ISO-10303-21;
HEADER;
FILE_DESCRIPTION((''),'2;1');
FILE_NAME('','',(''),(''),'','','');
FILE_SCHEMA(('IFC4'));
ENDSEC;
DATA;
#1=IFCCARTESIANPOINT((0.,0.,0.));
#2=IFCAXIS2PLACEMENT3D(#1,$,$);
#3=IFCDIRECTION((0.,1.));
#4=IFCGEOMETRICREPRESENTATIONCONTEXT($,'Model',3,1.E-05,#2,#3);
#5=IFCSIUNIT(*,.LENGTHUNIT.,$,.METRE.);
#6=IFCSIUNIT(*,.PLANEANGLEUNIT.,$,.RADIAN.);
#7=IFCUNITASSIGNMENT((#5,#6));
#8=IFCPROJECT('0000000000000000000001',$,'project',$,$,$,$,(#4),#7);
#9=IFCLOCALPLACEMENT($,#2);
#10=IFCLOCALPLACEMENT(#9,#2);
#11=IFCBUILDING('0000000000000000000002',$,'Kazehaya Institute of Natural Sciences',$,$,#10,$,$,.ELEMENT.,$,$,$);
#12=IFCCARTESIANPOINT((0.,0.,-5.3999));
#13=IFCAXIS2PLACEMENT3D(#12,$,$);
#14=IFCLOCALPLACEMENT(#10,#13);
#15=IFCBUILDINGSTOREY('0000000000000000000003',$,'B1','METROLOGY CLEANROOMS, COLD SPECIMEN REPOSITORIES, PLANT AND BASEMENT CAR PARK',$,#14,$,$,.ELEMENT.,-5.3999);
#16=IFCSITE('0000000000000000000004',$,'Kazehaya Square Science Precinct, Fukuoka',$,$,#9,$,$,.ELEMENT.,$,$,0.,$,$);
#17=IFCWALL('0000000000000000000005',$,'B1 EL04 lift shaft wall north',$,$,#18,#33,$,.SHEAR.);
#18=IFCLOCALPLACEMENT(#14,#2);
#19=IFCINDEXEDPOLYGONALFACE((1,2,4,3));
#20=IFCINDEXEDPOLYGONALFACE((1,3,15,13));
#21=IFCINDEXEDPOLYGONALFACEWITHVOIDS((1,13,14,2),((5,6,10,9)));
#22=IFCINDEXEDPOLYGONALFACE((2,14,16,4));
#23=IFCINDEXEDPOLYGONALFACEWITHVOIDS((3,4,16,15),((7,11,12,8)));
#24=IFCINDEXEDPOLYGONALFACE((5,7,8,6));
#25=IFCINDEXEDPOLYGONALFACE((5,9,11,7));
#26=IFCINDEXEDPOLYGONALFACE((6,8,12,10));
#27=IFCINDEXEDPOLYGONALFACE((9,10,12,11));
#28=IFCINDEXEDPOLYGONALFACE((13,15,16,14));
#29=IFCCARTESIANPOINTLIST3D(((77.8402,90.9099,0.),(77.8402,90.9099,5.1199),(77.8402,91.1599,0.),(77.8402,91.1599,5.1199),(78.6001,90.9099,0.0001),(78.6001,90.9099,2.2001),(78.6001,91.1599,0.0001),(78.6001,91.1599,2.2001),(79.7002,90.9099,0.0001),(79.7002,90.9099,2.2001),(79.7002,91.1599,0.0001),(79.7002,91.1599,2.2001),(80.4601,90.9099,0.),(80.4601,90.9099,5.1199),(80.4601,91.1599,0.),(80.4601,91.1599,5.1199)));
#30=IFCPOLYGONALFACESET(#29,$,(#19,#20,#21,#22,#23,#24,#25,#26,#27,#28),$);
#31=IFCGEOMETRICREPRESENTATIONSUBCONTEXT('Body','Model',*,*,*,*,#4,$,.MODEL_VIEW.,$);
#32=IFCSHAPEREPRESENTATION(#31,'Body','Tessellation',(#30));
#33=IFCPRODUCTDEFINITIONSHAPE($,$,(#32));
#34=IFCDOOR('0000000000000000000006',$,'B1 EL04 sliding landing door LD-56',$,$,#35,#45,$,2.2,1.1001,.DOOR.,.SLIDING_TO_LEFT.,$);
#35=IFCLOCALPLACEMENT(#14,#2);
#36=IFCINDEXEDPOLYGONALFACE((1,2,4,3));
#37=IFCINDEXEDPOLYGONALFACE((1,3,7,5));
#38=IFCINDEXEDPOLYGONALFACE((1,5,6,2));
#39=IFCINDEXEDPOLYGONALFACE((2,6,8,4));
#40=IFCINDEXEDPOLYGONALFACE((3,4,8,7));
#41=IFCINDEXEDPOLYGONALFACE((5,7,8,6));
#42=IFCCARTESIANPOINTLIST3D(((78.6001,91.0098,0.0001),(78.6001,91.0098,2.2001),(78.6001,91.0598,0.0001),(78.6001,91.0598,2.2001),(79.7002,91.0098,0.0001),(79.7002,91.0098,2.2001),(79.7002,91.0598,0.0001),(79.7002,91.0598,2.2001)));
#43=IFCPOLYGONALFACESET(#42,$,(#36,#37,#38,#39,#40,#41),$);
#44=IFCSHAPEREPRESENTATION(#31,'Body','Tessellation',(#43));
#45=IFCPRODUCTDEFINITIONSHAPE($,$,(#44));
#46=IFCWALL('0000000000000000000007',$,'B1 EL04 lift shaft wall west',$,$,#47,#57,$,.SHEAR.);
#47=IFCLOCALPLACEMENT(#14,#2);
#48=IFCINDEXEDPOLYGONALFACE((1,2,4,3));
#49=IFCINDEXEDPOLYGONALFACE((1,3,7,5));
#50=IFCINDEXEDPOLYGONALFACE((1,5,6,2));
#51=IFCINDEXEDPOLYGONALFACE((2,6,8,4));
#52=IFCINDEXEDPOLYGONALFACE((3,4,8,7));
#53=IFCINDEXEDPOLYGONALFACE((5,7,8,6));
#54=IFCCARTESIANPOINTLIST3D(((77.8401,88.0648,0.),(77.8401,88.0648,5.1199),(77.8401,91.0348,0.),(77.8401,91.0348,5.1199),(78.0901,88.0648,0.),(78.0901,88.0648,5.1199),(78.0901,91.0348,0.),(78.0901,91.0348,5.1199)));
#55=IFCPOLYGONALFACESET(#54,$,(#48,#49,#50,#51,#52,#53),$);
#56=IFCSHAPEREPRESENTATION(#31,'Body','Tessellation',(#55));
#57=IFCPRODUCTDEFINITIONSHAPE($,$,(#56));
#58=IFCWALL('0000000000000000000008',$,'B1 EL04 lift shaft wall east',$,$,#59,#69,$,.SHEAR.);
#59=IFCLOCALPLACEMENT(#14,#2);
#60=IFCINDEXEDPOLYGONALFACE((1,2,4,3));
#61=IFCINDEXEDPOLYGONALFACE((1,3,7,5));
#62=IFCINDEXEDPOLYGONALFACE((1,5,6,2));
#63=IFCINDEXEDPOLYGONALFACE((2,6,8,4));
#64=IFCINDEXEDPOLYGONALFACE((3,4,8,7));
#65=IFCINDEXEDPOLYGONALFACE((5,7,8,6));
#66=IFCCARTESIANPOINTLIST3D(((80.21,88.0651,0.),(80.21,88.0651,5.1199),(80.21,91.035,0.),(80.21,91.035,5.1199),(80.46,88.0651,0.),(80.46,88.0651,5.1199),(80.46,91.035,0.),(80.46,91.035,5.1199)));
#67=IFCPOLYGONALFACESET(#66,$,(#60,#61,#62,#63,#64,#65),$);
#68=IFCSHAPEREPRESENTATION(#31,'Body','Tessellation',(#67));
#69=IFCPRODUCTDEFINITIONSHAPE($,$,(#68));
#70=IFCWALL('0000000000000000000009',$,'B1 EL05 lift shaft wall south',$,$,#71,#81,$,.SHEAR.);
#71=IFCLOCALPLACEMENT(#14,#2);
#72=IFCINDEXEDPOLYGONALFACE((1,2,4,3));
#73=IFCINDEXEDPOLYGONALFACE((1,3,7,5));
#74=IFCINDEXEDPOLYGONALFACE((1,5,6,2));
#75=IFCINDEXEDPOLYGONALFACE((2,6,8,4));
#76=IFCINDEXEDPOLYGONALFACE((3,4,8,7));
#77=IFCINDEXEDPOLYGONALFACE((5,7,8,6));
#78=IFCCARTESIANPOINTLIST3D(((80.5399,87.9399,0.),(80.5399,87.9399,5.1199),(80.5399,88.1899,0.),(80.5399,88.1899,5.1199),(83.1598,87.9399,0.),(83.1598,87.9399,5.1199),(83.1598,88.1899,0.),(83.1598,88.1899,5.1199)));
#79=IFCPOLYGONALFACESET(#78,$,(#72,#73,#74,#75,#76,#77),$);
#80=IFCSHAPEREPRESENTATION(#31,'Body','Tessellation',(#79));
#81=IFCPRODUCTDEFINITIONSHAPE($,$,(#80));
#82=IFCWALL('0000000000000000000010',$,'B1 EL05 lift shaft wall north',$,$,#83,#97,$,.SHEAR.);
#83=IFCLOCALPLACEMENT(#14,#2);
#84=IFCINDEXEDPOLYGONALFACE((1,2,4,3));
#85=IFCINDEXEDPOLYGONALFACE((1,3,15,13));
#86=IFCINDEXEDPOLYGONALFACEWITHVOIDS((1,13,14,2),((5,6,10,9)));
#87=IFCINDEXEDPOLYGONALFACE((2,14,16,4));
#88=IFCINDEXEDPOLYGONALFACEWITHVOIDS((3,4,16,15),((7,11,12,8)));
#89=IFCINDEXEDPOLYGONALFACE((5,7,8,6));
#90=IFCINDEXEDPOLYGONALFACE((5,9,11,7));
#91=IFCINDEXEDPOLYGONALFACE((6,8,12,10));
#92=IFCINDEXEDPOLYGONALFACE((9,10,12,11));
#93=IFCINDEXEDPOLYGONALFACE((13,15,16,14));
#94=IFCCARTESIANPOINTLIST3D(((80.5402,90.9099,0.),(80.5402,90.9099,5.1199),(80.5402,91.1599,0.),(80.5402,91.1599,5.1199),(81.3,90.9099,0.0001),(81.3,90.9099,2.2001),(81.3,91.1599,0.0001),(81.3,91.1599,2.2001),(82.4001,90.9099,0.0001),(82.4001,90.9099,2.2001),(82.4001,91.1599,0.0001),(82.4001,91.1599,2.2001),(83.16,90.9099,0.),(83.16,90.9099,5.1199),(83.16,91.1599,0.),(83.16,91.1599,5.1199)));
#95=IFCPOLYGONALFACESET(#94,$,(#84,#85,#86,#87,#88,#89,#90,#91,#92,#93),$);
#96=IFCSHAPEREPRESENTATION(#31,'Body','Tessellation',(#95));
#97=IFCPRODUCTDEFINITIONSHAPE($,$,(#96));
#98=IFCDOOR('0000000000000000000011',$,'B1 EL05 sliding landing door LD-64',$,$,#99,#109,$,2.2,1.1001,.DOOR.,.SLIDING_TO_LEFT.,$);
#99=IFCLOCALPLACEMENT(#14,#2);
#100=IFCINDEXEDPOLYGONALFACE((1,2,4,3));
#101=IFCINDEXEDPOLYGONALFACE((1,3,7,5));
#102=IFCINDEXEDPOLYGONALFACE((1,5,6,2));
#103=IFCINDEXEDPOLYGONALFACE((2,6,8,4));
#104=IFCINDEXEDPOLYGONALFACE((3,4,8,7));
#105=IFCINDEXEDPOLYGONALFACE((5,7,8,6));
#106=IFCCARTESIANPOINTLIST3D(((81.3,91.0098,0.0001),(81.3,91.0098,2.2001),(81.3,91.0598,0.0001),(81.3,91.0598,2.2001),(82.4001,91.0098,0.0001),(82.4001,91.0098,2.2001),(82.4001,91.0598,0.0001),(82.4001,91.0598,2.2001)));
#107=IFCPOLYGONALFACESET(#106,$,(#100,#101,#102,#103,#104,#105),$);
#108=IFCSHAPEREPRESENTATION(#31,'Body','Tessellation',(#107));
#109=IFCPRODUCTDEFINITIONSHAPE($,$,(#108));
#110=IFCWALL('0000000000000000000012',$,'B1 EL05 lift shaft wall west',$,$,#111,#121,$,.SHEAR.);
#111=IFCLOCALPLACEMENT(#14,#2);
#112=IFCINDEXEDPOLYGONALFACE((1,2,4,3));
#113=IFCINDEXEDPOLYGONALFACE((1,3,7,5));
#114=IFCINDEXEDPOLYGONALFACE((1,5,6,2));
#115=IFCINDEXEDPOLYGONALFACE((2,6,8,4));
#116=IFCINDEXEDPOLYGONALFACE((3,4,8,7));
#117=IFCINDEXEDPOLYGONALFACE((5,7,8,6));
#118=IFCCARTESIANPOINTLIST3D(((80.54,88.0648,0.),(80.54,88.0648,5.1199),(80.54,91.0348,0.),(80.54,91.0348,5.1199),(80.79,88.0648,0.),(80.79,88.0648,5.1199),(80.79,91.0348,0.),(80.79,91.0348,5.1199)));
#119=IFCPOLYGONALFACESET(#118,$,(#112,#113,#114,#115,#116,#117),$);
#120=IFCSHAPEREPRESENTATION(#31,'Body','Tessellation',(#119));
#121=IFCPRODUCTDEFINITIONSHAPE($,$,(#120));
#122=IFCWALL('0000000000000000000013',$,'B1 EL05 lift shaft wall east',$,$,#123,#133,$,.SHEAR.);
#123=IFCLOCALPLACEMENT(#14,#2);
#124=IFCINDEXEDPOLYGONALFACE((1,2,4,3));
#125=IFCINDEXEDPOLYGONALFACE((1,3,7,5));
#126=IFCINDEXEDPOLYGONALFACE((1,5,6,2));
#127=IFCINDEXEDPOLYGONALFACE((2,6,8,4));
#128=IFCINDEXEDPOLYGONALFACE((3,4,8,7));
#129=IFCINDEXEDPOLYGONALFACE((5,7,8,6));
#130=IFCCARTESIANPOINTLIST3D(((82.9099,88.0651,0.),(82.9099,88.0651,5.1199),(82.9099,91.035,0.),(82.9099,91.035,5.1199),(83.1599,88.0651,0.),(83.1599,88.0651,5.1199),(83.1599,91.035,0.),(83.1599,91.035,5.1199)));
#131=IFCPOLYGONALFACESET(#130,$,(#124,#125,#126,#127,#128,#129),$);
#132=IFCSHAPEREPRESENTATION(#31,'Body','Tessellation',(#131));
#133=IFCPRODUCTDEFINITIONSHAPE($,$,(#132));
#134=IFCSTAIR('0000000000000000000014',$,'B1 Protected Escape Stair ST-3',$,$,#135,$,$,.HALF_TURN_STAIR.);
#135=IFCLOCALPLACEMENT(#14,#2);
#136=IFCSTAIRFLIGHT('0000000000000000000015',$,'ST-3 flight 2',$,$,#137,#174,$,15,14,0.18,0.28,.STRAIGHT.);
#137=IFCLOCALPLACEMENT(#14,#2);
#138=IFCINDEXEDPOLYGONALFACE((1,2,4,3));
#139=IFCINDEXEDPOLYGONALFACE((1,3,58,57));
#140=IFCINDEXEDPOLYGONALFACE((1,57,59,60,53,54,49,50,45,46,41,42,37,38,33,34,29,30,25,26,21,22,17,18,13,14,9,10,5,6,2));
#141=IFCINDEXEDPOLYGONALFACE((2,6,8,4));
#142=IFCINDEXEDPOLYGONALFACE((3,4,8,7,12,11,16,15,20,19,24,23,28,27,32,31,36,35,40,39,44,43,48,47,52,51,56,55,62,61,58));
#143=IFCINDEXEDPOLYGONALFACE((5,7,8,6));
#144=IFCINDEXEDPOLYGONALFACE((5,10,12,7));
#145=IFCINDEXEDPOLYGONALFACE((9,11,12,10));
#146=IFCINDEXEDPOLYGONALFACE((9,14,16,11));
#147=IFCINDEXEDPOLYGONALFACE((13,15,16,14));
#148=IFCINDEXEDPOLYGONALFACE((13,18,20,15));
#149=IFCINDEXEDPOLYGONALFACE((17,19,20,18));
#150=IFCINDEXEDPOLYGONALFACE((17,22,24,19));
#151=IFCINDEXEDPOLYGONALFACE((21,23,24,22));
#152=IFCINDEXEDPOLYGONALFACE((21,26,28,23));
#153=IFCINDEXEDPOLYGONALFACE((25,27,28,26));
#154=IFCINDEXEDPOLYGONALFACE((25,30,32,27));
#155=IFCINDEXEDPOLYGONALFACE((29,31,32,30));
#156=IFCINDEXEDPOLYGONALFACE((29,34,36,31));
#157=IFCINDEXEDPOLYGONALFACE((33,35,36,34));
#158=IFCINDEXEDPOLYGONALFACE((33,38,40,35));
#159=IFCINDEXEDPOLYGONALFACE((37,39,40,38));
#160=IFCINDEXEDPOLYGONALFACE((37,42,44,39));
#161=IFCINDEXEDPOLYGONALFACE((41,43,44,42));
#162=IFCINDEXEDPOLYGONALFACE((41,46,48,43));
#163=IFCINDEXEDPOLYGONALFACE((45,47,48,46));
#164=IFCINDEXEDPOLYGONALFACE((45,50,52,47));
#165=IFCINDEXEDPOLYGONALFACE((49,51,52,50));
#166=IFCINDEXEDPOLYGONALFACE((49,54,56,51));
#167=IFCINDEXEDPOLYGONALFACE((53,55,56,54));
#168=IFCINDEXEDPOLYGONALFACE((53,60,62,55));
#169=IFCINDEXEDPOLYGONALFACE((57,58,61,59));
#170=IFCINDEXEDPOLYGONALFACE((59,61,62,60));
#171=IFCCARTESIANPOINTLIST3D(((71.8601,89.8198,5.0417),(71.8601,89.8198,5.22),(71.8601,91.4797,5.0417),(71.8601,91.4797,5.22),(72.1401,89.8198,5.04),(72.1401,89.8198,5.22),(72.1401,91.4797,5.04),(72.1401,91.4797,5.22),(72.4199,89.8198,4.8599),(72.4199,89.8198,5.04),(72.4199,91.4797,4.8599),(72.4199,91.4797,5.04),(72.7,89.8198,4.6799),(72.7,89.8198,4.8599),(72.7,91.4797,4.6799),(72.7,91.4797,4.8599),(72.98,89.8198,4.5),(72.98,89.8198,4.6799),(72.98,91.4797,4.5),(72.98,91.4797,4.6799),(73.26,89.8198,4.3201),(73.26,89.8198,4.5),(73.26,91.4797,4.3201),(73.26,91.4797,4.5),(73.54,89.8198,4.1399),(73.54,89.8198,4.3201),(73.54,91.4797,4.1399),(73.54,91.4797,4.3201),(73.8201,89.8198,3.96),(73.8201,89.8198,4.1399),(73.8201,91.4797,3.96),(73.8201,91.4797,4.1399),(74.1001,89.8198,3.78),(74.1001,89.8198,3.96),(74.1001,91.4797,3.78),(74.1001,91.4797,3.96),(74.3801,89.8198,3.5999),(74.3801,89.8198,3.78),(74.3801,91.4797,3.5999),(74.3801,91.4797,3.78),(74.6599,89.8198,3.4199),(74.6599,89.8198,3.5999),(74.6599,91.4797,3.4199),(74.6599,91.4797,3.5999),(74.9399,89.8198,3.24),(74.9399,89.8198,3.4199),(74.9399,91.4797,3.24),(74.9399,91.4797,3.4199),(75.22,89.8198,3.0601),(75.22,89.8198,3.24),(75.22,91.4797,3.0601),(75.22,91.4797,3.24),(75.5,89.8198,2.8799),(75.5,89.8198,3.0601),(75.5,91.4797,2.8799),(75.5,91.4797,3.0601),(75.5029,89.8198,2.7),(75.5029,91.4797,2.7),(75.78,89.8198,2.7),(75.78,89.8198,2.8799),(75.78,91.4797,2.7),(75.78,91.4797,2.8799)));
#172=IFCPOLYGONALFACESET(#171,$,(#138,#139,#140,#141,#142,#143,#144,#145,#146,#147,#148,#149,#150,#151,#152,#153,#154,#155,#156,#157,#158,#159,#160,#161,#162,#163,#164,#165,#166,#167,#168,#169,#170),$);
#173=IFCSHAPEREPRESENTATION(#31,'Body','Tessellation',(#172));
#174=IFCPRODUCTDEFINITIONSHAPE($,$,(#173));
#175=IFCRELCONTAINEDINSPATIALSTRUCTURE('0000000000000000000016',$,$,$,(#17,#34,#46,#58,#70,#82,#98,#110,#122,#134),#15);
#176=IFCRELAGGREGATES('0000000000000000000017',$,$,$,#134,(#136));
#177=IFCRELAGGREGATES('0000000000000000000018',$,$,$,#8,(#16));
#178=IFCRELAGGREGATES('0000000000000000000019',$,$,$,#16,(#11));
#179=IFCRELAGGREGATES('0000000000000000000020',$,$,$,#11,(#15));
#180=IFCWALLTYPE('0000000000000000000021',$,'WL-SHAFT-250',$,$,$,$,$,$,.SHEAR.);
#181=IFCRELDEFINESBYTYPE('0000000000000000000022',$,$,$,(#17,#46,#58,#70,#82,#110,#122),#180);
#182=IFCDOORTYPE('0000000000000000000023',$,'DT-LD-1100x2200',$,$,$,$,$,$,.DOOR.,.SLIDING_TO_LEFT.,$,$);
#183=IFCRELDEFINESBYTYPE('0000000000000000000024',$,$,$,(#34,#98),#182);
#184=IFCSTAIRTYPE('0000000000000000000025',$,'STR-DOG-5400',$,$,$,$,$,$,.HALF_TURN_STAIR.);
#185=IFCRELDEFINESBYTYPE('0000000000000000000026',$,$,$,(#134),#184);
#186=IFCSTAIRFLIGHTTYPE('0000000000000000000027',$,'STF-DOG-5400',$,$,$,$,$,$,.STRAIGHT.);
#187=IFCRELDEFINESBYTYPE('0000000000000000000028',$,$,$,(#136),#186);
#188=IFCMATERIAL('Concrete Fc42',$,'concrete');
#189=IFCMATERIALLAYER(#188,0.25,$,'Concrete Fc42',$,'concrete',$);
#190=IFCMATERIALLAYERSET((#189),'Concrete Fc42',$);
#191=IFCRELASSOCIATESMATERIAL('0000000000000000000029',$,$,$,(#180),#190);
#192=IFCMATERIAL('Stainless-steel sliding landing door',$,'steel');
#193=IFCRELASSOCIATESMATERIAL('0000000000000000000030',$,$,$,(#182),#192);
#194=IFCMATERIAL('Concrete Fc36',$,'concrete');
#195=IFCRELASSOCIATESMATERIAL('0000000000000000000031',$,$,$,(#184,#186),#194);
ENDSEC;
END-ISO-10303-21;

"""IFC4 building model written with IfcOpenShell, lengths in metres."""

from ifc_helpers import new_model, si_unit, direction, frame, frame_2d, origin, place, context, subcontext, project, spatial, polyline, rectangle, outline, extrude, material, layer, layer_set, type_object, element, fill, aggregate, save


model = new_model("IFC4")

# Units and contexts
model_context = context("Model", 3, precision=1e-05, world=origin(), true_north=direction((0.0, 1.0)))
body_context = subcontext(model_context, "Body", "Model", "MODEL_VIEW")
ifc_project = project(units=[si_unit("LENGTHUNIT", "METRE"), si_unit("PLANEANGLEUNIT", "RADIAN")], contexts=[model_context])

# Site, building, storey
site_placement = place(None, origin())
site = spatial("IfcSite", under=ifc_project, at=site_placement, Name="Kazehaya Square Science Precinct, Fukuoka", CompositionType="ELEMENT", RefElevation=0.0)
building_placement = place(site_placement, origin())
building = spatial("IfcBuilding", under=site, at=building_placement, Name="Kazehaya Institute of Natural Sciences", CompositionType="ELEMENT")
storey_placement = place(building_placement, frame((0.0, 0.0, -5.3999)))
storey = spatial("IfcBuildingStorey", under=building, at=storey_placement, Name="B1", Description="METROLOGY CLEANROOMS, COLD SPECIMEN REPOSITORIES, PLANT AND BASEMENT CAR PARK", CompositionType="ELEMENT", Elevation=-5.3999)

# Shared definitions
ifc_material_1 = material(Name="Concrete Fc36", Category="concrete")

# Shared definitions
ifc_material_2 = material(Name="Concrete Fc42", Category="concrete")

# Shared definitions
ifc_layer_1 = layer(ifc_material_2, 0.25, Name="Concrete Fc42", Category="concrete")
ifc_layer_set_1 = layer_set([ifc_layer_1], Name="Concrete Fc42")
wall_type_1 = type_object("IfcWallType", Name="WL-SHAFT-250", PredefinedType="SHEAR", material=ifc_layer_set_1)

# Wall, opening, door
wall_1_placement = place(storey_placement, frame((77.8401, 91.0349, 0.0), z_axis=(0.0, 0.0, 1.0), x_axis=(1.0, 0.0, 0.0)))
wall_1 = element("IfcWall", 1, at=wall_1_placement, inside=storey, type_object=wall_type_1, Name="B1 EL04 lift shaft wall north", PredefinedType="SHEAR", context=body_context, shape_type="SweptSolid", body=[
    extrude(rectangle(XDim=2.6199, YDim=0.25, at=frame_2d((1.3101, 0.0))), origin(), (0.0, 0.0, 1.0), 5.1199),
])
opening_1_placement = place(wall_1_placement, frame((0.76, 0.0, 0.0)))
opening_1 = element("IfcOpeningElement", 2, at=opening_1_placement, cuts=wall_1, PredefinedType="OPENING", context=body_context, shape_type="SweptSolid", body=[
    extrude(rectangle(XDim=1.1001, YDim=2.2, at=frame_2d((0.55, 1.1001))), frame((0.0, 0.135, 0.0), z_axis=(0.0, -1.0, 0.0), x_axis=(1.0, 0.0, 0.0)), (0.0, 0.0, 1.0), 0.27),
])
ifc_material_3 = material(Name="Stainless-steel sliding landing door", Category="steel")
door_type = type_object("IfcDoorType", Name="DT-LD-1100x2200", OperationType="SLIDING_TO_LEFT", PredefinedType="DOOR", material=ifc_material_3)
door_1_placement = place(opening_1_placement, origin())
door_1 = element("IfcDoor", 3, at=door_1_placement, inside=storey, type_object=door_type, Name="B1 EL04 sliding landing door LD-56", OperationType="SLIDING_TO_LEFT", OverallHeight=2.2, OverallWidth=1.1001, PredefinedType="DOOR", context=body_context, shape_type="SweptSolid", body=[
    extrude(rectangle(XDim=1.1001, YDim=2.2, at=frame_2d((0.55, 1.1001))), frame((0.0, 0.0249, 0.0), z_axis=(0.0, -1.0, 0.0), x_axis=(1.0, 0.0, 0.0)), (0.0, 0.0, 1.0), 0.05),
])
fill(opening_1, door_1)

# Walls
for number, where, z_axis, x_axis, name in (
    (4, (77.9651, 88.0649, 0.0), (0.0, 0.0, 1.0), (0.0, 1.0, 0.0), "B1 EL04 lift shaft wall west"),
    (5, (80.335, 91.0349, 0.0), (0.0, 0.0, 1.0), (0.0, -1.0, 0.0), "B1 EL04 lift shaft wall east"),
):
    element("IfcWall", number, at=place(storey_placement, frame(where, z_axis=z_axis, x_axis=x_axis)), inside=storey, type_object=wall_type_1, Name=name, PredefinedType="SHEAR", context=body_context, shape_type="SweptSolid", body=[
        extrude(rectangle(XDim=2.97, YDim=0.25, at=frame_2d((1.4849, 0.0))), origin(), (0.0, 0.0, 1.0), 5.1199),
    ])
wall_2_placement = place(storey_placement, frame((83.1599, 88.0649, 0.0), z_axis=(0.0, 0.0, 1.0), x_axis=(-1.0, 0.0, 0.0)))
element("IfcWall", 6, at=wall_2_placement, inside=storey, type_object=wall_type_1, Name="B1 EL05 lift shaft wall south", PredefinedType="SHEAR", context=body_context, shape_type="SweptSolid", body=[
    extrude(rectangle(XDim=2.6199, YDim=0.25, at=frame_2d((1.3101, 0.0))), origin(), (0.0, 0.0, 1.0), 5.1199),
])

# Wall, opening, door
wall_3_placement = place(storey_placement, frame((80.54, 91.0349, 0.0), z_axis=(0.0, 0.0, 1.0), x_axis=(1.0, 0.0, 0.0)))
wall_3 = element("IfcWall", 7, at=wall_3_placement, inside=storey, type_object=wall_type_1, Name="B1 EL05 lift shaft wall north", PredefinedType="SHEAR", context=body_context, shape_type="SweptSolid", body=[
    extrude(rectangle(XDim=2.6199, YDim=0.25, at=frame_2d((1.3101, 0.0))), origin(), (0.0, 0.0, 1.0), 5.1199),
])
opening_2_placement = place(wall_3_placement, frame((0.76, 0.0, 0.0)))
opening_2 = element("IfcOpeningElement", 8, at=opening_2_placement, cuts=wall_3, PredefinedType="OPENING", context=body_context, shape_type="SweptSolid", body=[
    extrude(rectangle(XDim=1.1001, YDim=2.2, at=frame_2d((0.55, 1.1001))), frame((0.0, 0.135, 0.0), z_axis=(0.0, -1.0, 0.0), x_axis=(1.0, 0.0, 0.0)), (0.0, 0.0, 1.0), 0.27),
])
door_2_placement = place(opening_2_placement, origin())
door_2 = element("IfcDoor", 9, at=door_2_placement, inside=storey, type_object=door_type, Name="B1 EL05 sliding landing door LD-64", OperationType="SLIDING_TO_LEFT", OverallHeight=2.2, OverallWidth=1.1001, PredefinedType="DOOR", context=body_context, shape_type="SweptSolid", body=[
    extrude(rectangle(XDim=1.1001, YDim=2.2, at=frame_2d((0.55, 1.1001))), frame((0.0, 0.0249, 0.0), z_axis=(0.0, -1.0, 0.0), x_axis=(1.0, 0.0, 0.0)), (0.0, 0.0, 1.0), 0.05),
])
fill(opening_2, door_2)

# Walls
for number, where, z_axis, x_axis, name in (
    (10, (80.665, 88.0649, 0.0), (0.0, 0.0, 1.0), (0.0, 1.0, 0.0), "B1 EL05 lift shaft wall west"),
    (11, (83.0349, 91.0349, 0.0), (0.0, 0.0, 1.0), (0.0, -1.0, 0.0), "B1 EL05 lift shaft wall east"),
):
    element("IfcWall", number, at=place(storey_placement, frame(where, z_axis=z_axis, x_axis=x_axis)), inside=storey, type_object=wall_type_1, Name=name, PredefinedType="SHEAR", context=body_context, shape_type="SweptSolid", body=[
        extrude(rectangle(XDim=2.97, YDim=0.25, at=frame_2d((1.4849, 0.0))), origin(), (0.0, 0.0, 1.0), 5.1199),
    ])

# Stair, stair flight
stair_type = type_object("IfcStairType", Name="STR-DOG-5400", PredefinedType="HALF_TURN_STAIR", material=ifc_material_1)
stair_placement = place(storey_placement, origin())
stair = element("IfcStair", 12, at=stair_placement, inside=storey, type_object=stair_type, Name="B1 Protected Escape Stair ST-3", PredefinedType="HALF_TURN_STAIR")
stair_flight_type = type_object("IfcStairFlightType", Name="STF-DOG-5400", PredefinedType="STRAIGHT", material=ifc_material_1)
stair_flight_placement = place(storey_placement, frame((75.78, 90.6499, 2.7), z_axis=(0.0, 0.0, 1.0), x_axis=(-1.0, 0.0, 0.0)))
stair_flight = element("IfcStairFlight", 13, at=stair_flight_placement, type_object=stair_flight_type, Name="ST-3 flight 2", NumberOfRisers=15, NumberOfTreads=14, PredefinedType="STRAIGHT", RiserHeight=0.18, TreadLength=0.28, context=body_context, shape_type="SweptSolid", body=[
    extrude(outline(polyline([(0.0, 0.0), (0.0, 0.1799), (0.28, 0.1799), (0.28, 0.3601), (0.5601, 0.3601), (0.5601, 0.54), (0.8401, 0.54), (0.8401, 0.72), (1.1201, 0.72), (1.1201, 0.8999), (1.3999, 0.8999), (1.3999, 1.0801), (1.6799, 1.0801), (1.6799, 1.26), (1.96, 1.26), (1.96, 1.4399), (2.24, 1.4399), (2.24, 1.6201), (2.52, 1.6201), (2.52, 1.8), (2.8, 1.8), (2.8, 1.98), (3.0801, 1.98), (3.0801, 2.1599), (3.3601, 2.1599), (3.3601, 2.3401), (3.6399, 2.3401), (3.6399, 2.52), (3.9199, 2.52), (3.9199, 2.7), (3.9199, 2.3418), (0.2771, 0.0), (0.0, 0.0)])), frame((0.0, 0.8301, 0.0), z_axis=(0.0, -1.0, 0.0), x_axis=(1.0, 0.0, 0.0)), (0.0, 0.0, 1.0), 1.6599),
])
aggregate(stair, [stair_flight])

save(model, "model.ifc")
